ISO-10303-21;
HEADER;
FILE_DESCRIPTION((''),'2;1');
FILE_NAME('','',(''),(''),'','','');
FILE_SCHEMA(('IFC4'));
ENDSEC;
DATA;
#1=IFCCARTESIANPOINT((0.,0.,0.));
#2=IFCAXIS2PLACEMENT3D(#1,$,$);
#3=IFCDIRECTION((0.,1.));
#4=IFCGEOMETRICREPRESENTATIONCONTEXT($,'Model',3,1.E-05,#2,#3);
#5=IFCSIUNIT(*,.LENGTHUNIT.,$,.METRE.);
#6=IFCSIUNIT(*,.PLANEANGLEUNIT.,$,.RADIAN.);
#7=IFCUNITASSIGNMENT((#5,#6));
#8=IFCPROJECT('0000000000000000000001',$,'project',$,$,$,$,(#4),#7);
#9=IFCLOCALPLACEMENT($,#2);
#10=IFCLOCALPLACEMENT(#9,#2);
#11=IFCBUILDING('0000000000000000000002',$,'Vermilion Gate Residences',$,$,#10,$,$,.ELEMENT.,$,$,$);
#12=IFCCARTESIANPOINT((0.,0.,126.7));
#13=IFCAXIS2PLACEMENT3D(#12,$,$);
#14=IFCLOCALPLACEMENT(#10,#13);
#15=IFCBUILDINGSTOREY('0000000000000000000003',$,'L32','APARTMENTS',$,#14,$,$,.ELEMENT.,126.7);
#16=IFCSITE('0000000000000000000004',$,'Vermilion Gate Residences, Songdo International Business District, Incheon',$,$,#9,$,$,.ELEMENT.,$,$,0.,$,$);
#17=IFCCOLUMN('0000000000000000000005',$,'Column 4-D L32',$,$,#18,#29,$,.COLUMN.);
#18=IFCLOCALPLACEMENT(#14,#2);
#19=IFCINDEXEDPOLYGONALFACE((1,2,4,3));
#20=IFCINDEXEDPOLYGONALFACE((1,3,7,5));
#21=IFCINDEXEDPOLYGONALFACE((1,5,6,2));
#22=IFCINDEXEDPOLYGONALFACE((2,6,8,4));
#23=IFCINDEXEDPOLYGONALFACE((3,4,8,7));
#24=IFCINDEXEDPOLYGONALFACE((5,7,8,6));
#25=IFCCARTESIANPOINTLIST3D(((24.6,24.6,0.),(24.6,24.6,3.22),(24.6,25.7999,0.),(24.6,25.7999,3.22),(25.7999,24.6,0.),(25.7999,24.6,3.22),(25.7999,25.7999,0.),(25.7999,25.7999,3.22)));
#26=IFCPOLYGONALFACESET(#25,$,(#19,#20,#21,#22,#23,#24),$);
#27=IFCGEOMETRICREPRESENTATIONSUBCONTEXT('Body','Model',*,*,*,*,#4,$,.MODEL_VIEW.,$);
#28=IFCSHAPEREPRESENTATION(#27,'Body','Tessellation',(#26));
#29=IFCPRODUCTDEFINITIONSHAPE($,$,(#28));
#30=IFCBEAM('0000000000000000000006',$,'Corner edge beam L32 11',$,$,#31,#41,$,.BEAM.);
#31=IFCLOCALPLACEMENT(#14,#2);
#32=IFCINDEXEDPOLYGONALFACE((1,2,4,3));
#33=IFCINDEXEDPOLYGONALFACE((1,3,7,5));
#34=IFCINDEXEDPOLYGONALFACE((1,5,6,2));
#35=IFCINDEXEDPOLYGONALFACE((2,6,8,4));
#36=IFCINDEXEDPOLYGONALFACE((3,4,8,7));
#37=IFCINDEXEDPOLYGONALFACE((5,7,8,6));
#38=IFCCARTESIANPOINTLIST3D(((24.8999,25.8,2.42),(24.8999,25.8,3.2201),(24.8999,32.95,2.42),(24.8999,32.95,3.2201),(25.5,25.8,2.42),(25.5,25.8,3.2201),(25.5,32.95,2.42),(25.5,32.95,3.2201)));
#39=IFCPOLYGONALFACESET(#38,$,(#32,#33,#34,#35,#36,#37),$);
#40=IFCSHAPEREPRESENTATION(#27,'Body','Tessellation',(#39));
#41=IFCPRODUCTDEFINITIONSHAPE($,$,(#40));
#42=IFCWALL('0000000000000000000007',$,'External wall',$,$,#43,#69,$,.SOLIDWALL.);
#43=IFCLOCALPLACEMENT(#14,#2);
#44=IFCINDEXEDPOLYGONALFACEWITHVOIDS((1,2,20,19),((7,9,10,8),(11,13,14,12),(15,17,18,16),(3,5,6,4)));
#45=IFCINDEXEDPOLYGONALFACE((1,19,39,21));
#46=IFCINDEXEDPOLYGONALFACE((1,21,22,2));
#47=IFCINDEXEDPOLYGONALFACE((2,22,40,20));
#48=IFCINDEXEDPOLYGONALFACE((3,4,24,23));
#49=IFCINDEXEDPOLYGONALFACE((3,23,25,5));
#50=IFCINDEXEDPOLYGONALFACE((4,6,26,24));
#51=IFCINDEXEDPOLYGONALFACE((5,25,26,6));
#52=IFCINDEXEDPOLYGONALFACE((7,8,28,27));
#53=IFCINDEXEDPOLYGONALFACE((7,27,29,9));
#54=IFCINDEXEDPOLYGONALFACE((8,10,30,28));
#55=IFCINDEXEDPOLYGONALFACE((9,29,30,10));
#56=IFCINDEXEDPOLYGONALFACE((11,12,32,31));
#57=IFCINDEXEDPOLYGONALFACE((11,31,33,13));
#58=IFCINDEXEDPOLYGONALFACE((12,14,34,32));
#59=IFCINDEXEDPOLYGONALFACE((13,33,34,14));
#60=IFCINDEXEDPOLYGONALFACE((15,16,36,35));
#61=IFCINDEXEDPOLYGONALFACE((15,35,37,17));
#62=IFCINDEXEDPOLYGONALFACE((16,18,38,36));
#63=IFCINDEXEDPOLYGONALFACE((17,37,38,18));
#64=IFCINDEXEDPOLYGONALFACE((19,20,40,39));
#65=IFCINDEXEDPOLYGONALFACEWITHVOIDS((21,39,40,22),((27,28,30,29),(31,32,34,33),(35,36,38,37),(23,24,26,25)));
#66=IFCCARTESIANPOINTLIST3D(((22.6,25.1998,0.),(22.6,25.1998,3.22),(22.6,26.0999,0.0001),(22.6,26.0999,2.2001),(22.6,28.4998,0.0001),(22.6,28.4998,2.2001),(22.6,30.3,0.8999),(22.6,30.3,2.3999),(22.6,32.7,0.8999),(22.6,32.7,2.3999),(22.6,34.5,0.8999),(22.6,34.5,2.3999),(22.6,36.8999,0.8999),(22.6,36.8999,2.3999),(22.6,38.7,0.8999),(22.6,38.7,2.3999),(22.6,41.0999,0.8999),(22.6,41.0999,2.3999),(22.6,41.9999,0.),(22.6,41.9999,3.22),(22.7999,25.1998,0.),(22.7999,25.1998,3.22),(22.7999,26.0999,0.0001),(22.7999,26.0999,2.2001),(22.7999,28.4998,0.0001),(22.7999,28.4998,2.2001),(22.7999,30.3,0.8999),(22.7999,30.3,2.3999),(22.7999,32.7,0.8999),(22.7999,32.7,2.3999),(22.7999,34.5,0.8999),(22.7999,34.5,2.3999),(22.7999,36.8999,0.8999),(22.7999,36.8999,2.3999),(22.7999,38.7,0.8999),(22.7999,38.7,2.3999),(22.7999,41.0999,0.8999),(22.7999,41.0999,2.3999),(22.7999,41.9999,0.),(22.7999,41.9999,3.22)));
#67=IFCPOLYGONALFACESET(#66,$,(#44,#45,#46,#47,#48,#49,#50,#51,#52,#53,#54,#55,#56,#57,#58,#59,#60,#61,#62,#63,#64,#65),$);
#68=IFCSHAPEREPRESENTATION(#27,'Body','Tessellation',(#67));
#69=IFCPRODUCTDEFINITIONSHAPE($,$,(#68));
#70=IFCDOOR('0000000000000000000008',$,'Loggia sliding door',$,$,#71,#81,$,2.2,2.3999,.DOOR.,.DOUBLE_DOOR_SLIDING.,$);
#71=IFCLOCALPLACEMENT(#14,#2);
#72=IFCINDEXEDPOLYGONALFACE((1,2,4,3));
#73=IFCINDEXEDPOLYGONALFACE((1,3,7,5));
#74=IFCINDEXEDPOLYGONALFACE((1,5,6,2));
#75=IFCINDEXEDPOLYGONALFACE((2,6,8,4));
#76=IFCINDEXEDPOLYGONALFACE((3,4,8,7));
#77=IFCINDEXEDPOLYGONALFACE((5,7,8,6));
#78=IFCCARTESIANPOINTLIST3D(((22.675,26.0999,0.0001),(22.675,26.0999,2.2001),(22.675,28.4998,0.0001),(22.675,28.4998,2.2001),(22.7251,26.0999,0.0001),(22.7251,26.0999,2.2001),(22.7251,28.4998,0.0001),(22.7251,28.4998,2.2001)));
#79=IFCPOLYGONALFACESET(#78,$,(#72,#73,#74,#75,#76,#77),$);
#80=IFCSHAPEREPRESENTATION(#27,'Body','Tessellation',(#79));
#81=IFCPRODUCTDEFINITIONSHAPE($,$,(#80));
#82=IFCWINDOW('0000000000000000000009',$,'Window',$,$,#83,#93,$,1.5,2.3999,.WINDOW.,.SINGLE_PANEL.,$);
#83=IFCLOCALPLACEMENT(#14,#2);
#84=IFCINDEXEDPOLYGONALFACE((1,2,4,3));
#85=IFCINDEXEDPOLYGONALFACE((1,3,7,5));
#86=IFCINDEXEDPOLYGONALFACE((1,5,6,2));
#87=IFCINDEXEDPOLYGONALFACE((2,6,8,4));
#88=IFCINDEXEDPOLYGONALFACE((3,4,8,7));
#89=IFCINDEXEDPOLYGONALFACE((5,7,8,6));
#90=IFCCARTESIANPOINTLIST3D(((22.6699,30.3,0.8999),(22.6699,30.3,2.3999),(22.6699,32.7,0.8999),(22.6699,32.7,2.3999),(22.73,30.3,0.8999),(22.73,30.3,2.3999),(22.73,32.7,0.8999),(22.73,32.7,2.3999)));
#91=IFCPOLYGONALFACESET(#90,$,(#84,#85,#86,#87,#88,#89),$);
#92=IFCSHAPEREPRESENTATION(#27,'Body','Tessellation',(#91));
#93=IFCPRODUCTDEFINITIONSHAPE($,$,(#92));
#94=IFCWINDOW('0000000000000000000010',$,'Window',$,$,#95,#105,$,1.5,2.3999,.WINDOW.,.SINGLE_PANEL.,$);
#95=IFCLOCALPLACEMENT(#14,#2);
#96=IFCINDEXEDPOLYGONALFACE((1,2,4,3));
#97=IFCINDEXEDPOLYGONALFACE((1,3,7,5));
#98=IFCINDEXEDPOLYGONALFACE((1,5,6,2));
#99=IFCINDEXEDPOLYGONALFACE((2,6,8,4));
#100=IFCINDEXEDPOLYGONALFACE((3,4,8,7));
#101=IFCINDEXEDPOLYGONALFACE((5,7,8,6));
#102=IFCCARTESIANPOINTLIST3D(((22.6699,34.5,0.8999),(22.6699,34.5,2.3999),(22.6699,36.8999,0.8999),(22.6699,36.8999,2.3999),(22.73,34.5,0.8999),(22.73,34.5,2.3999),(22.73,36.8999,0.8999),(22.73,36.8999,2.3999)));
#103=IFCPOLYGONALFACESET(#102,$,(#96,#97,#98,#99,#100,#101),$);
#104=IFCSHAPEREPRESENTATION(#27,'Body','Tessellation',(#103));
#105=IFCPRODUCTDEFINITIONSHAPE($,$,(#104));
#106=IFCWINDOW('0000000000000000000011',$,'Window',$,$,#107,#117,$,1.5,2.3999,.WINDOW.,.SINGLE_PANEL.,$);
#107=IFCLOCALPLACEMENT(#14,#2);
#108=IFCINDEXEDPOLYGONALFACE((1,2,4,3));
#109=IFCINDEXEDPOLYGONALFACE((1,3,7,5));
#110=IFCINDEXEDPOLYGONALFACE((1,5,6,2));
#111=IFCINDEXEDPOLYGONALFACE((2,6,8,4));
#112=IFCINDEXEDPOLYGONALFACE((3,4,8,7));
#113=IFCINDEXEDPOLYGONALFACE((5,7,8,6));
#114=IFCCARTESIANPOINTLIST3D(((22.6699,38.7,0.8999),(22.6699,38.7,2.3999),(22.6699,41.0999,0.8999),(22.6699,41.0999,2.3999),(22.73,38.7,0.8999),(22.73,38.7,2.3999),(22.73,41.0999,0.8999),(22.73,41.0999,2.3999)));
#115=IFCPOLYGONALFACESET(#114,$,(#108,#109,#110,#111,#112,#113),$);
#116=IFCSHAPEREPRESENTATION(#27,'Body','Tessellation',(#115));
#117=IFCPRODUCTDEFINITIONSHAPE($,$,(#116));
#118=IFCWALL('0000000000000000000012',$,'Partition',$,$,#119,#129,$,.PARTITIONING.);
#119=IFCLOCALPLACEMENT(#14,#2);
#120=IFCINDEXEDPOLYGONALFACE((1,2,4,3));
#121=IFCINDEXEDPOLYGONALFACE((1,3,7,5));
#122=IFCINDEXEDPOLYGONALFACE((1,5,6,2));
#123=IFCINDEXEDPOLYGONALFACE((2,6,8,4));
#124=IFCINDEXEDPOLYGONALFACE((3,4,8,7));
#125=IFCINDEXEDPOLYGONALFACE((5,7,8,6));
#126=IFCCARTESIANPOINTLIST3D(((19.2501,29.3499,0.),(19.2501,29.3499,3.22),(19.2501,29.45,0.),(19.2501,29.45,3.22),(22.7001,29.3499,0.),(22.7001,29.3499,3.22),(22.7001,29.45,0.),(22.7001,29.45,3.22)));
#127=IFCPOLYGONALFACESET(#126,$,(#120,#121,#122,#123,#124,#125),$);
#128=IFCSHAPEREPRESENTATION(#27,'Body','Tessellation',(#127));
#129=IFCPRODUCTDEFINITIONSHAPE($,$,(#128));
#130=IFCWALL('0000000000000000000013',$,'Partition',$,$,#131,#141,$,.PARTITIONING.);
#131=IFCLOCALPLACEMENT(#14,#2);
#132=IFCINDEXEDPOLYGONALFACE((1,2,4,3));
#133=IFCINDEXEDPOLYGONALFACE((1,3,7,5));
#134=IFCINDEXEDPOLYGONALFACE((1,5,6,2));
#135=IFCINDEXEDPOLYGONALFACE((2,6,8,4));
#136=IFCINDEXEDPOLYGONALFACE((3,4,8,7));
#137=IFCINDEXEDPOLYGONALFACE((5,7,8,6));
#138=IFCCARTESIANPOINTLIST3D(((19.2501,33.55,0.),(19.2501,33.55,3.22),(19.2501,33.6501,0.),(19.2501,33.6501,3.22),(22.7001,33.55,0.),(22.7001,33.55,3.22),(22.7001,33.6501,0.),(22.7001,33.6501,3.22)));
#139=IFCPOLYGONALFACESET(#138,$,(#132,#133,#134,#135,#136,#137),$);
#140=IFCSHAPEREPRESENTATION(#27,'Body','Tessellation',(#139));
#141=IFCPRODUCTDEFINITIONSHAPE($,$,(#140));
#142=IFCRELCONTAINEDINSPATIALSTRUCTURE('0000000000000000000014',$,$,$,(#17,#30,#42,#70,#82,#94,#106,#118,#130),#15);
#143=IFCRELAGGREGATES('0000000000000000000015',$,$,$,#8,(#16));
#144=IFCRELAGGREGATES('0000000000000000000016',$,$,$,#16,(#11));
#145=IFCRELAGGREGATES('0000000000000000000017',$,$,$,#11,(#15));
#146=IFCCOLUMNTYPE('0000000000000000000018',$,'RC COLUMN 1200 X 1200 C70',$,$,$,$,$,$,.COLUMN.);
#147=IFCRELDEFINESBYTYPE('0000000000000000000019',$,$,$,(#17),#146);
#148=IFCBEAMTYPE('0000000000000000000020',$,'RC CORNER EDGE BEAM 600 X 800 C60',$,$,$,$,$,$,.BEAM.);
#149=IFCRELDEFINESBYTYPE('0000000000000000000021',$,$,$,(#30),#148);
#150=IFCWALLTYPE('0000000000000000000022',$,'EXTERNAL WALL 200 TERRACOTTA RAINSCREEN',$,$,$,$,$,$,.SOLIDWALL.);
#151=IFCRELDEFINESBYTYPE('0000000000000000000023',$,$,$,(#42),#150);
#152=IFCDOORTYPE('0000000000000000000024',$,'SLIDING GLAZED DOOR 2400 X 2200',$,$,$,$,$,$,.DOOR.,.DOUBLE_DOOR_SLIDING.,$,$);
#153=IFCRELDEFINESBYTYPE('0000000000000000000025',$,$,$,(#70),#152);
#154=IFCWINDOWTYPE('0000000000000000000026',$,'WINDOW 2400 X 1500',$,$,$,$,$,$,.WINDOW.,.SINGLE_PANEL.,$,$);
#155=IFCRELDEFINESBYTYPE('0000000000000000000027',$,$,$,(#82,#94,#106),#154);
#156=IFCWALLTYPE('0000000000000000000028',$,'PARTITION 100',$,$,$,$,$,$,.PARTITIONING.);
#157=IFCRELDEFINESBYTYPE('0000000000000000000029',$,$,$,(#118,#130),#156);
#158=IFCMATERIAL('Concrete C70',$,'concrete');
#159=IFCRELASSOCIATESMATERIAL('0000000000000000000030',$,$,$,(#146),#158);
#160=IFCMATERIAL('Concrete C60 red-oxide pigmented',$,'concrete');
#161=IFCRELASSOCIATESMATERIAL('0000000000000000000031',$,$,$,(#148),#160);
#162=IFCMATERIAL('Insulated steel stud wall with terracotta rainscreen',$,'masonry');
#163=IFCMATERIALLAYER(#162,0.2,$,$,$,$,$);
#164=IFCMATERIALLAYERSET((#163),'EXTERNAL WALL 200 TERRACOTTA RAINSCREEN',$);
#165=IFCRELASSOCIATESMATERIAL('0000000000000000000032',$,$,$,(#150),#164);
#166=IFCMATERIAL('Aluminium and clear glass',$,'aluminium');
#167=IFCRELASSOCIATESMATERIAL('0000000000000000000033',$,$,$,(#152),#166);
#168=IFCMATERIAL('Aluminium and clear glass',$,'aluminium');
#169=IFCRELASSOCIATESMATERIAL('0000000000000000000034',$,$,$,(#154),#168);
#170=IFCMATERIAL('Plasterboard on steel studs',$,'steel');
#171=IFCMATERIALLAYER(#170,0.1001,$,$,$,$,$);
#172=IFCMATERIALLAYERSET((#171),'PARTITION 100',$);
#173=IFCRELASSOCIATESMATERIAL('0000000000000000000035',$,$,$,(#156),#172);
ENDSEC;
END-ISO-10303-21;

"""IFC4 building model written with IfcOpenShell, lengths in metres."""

from ifc_helpers import new_model, si_unit, direction, frame, frame_2d, origin, origin_2d, place, context, subcontext, project, spatial, rectangle, extrude, material, layer, layer_set, material_profile, profile_set, type_object, element, fill, save


model = new_model("IFC4")

# Units and contexts
model_context = context("Model", 3, precision=1e-05, world=origin(), true_north=direction((0.0, 1.0)))
body_context = subcontext(model_context, "Body", "Model", "MODEL_VIEW")
ifc_project = project(units=[si_unit("LENGTHUNIT", "METRE"), si_unit("PLANEANGLEUNIT", "RADIAN")], contexts=[model_context])

# Site, building, storey
site_placement = place(None, origin())
site = spatial("IfcSite", under=ifc_project, at=site_placement, Name="Vermilion Gate Residences, Songdo International Business District, Incheon", CompositionType="ELEMENT", RefElevation=0.0)
building_placement = place(site_placement, origin())
building = spatial("IfcBuilding", under=site, at=building_placement, Name="Vermilion Gate Residences", CompositionType="ELEMENT")
storey_placement = place(building_placement, frame((0.0, 0.0, 126.7)))
storey = spatial("IfcBuildingStorey", under=building, at=storey_placement, Name="L32", Description="APARTMENTS", CompositionType="ELEMENT", Elevation=126.7)

# Column
ifc_material_1 = material(Name="Concrete C70", Category="concrete")
ifc_material_profile_1 = material_profile(ifc_material_1, rectangle(XDim=1.2, YDim=1.2, at=origin_2d()), Name="RC-1200x1200")
ifc_profile_set_1 = profile_set([ifc_material_profile_1], Name="Concrete C70")
column_type = type_object("IfcColumnType", Name="RC COLUMN 1200 X 1200 C70", PredefinedType="COLUMN", material=ifc_profile_set_1)
column_placement = place(storey_placement, frame((25.2, 25.2, 0.0), z_axis=(0.0, 0.0, 1.0), x_axis=(1.0, 0.0, 0.0)))
element("IfcColumn", 1, at=column_placement, inside=storey, type_object=column_type, Name="Column 4-D L32", PredefinedType="COLUMN", context=body_context, shape_type="SweptSolid", body=[
    extrude(rectangle(XDim=1.2, YDim=1.2, at=origin_2d()), origin(), (0.0, 0.0, 1.0), 3.22),
])

# Beam
ifc_material_2 = material(Name="Concrete C60 red-oxide pigmented", Category="concrete")
ifc_material_profile_2 = material_profile(ifc_material_2, rectangle(XDim=0.6001, YDim=0.8, at=origin_2d()), Name="RC-600x800")
ifc_profile_set_2 = profile_set([ifc_material_profile_2], Name="Concrete C60 red-oxide pigmented")
beam_type = type_object("IfcBeamType", Name="RC CORNER EDGE BEAM 600 X 800 C60", PredefinedType="BEAM", material=ifc_profile_set_2)
beam_placement = place(storey_placement, frame((25.2, 25.8, 2.8201), z_axis=(0.0, 1.0, 0.0), x_axis=(-1.0, 0.0, 0.0)))
element("IfcBeam", 2, at=beam_placement, inside=storey, type_object=beam_type, Name="Corner edge beam L32 11", PredefinedType="BEAM", context=body_context, shape_type="SweptSolid", body=[
    extrude(rectangle(XDim=0.6001, YDim=0.8, at=origin_2d()), origin(), (0.0, 0.0, 1.0), 7.1499),
])

# Wall, openings, door, windows
ifc_material_3 = material(Name="Insulated steel stud wall with terracotta rainscreen", Category="masonry")
ifc_layer_1 = layer(ifc_material_3, 0.2)
ifc_layer_set_1 = layer_set([ifc_layer_1], Name="EXTERNAL WALL 200 TERRACOTTA RAINSCREEN")
wall_type_1 = type_object("IfcWallType", Name="EXTERNAL WALL 200 TERRACOTTA RAINSCREEN", PredefinedType="SOLIDWALL", material=ifc_layer_set_1)
wall_1_placement = place(storey_placement, frame((22.7, 25.2, 0.0), z_axis=(0.0, 0.0, 1.0), x_axis=(0.0, 1.0, 0.0)))
wall_1 = element("IfcWall", 3, at=wall_1_placement, inside=storey, type_object=wall_type_1, Name="External wall", PredefinedType="SOLIDWALL", context=body_context, shape_type="SweptSolid", body=[
    extrude(rectangle(XDim=16.8, YDim=0.2, at=frame_2d((8.3999, 0.0))), origin(), (0.0, 0.0, 1.0), 3.22),
])
opening_1_placement = place(wall_1_placement, frame((0.8999, 0.0, 0.0)))
opening_1 = element("IfcOpeningElement", 4, at=opening_1_placement, cuts=wall_1, PredefinedType="OPENING", context=body_context, shape_type="SweptSolid", body=[
    extrude(rectangle(XDim=2.3999, YDim=2.2, at=frame_2d((1.2, 1.1001))), frame((0.0, 0.1099, 0.0), z_axis=(0.0, -1.0, 0.0), x_axis=(1.0, 0.0, 0.0)), (0.0, 0.0, 1.0), 0.22),
])
opening_2_placement = place(wall_1_placement, frame((5.1001, 0.0, 0.8999)))
opening_2 = element("IfcOpeningElement", 5, at=opening_2_placement, cuts=wall_1, PredefinedType="OPENING", context=body_context, shape_type="SweptSolid", body=[
    extrude(rectangle(XDim=2.3999, YDim=1.5, at=frame_2d((1.2, 0.75))), frame((0.0, 0.1099, 0.0), z_axis=(0.0, -1.0, 0.0), x_axis=(1.0, 0.0, 0.0)), (0.0, 0.0, 1.0), 0.22),
])
opening_3_placement = place(wall_1_placement, frame((9.3, 0.0, 0.8999)))
opening_3 = element("IfcOpeningElement", 6, at=opening_3_placement, cuts=wall_1, PredefinedType="OPENING", context=body_context, shape_type="SweptSolid", body=[
    extrude(rectangle(XDim=2.3999, YDim=1.5, at=frame_2d((1.2, 0.75))), frame((0.0, 0.1099, 0.0), z_axis=(0.0, -1.0, 0.0), x_axis=(1.0, 0.0, 0.0)), (0.0, 0.0, 1.0), 0.22),
])
opening_4_placement = place(wall_1_placement, frame((13.5, 0.0, 0.8999)))
opening_4 = element("IfcOpeningElement", 7, at=opening_4_placement, cuts=wall_1, PredefinedType="OPENING", context=body_context, shape_type="SweptSolid", body=[
    extrude(rectangle(XDim=2.3999, YDim=1.5, at=frame_2d((1.2, 0.75))), frame((0.0, 0.1099, 0.0), z_axis=(0.0, -1.0, 0.0), x_axis=(1.0, 0.0, 0.0)), (0.0, 0.0, 1.0), 0.22),
])
ifc_material_4 = material(Name="Aluminium and clear glass", Category="aluminium")
door_type_1 = type_object("IfcDoorType", Name="SLIDING GLAZED DOOR 2400 X 2200", OperationType="DOUBLE_DOOR_SLIDING", PredefinedType="DOOR", material=ifc_material_4)
door_1_placement = place(opening_1_placement, origin())
door_1 = element("IfcDoor", 8, at=door_1_placement, inside=storey, type_object=door_type_1, Name="Loggia sliding door", OperationType="DOUBLE_DOOR_SLIDING", OverallHeight=2.2, OverallWidth=2.3999, PredefinedType="DOOR", context=body_context, shape_type="SweptSolid", body=[
    extrude(rectangle(XDim=2.3999, YDim=2.2, at=frame_2d((1.2, 1.1001))), frame((0.0, 0.0249, 0.0), z_axis=(0.0, -1.0, 0.0), x_axis=(1.0, 0.0, 0.0)), (0.0, 0.0, 1.0), 0.05),
])
fill(opening_1, door_1)
ifc_material_5 = material(Name="Aluminium and clear glass", Category="aluminium")
window_type = type_object("IfcWindowType", Name="WINDOW 2400 X 1500", PartitioningType="SINGLE_PANEL", PredefinedType="WINDOW", material=ifc_material_5)
window_1_placement = place(opening_2_placement, origin())
window_1 = element("IfcWindow", 9, at=window_1_placement, inside=storey, type_object=window_type, Name="Window", OverallHeight=1.5, OverallWidth=2.3999, PartitioningType="SINGLE_PANEL", PredefinedType="WINDOW", context=body_context, shape_type="SweptSolid", body=[
    extrude(rectangle(XDim=2.3999, YDim=1.5, at=frame_2d((1.2, 0.75))), frame((0.0, 0.03, 0.0), z_axis=(0.0, -1.0, 0.0), x_axis=(1.0, 0.0, 0.0)), (0.0, 0.0, 1.0), 0.0601),
])
fill(opening_2, window_1)
window_2_placement = place(opening_3_placement, origin())
window_2 = element("IfcWindow", 10, at=window_2_placement, inside=storey, type_object=window_type, Name="Window", OverallHeight=1.5, OverallWidth=2.3999, PartitioningType="SINGLE_PANEL", PredefinedType="WINDOW", context=body_context, shape_type="SweptSolid", body=[
    extrude(rectangle(XDim=2.3999, YDim=1.5, at=frame_2d((1.2, 0.75))), frame((0.0, 0.03, 0.0), z_axis=(0.0, -1.0, 0.0), x_axis=(1.0, 0.0, 0.0)), (0.0, 0.0, 1.0), 0.0601),
])
fill(opening_3, window_2)
window_3_placement = place(opening_4_placement, origin())
window_3 = element("IfcWindow", 11, at=window_3_placement, inside=storey, type_object=window_type, Name="Window", OverallHeight=1.5, OverallWidth=2.3999, PartitioningType="SINGLE_PANEL", PredefinedType="WINDOW", context=body_context, shape_type="SweptSolid", body=[
    extrude(rectangle(XDim=2.3999, YDim=1.5, at=frame_2d((1.2, 0.75))), frame((0.0, 0.03, 0.0), z_axis=(0.0, -1.0, 0.0), x_axis=(1.0, 0.0, 0.0)), (0.0, 0.0, 1.0), 0.0601),
])
fill(opening_4, window_3)

# Walls
ifc_material_6 = material(Name="Plasterboard on steel studs", Category="steel")
ifc_layer_2 = layer(ifc_material_6, 0.1001)
ifc_layer_set_2 = layer_set([ifc_layer_2], Name="PARTITION 100")
wall_type_2 = type_object("IfcWallType", Name="PARTITION 100", PredefinedType="PARTITIONING", material=ifc_layer_set_2)
for number, where, z_axis, x_axis, name in (
    (12, (19.25, 29.3999, 0.0), (0.0, 0.0, 1.0), (1.0, 0.0, 0.0), "Partition"),
    (13, (19.25, 33.6001, 0.0), (0.0, 0.0, 1.0), (1.0, 0.0, 0.0), "Partition"),
):
    element("IfcWall", number, at=place(storey_placement, frame(where, z_axis=z_axis, x_axis=x_axis)), inside=storey, type_object=wall_type_2, Name=name, PredefinedType="PARTITIONING", context=body_context, shape_type="SweptSolid", body=[
        extrude(rectangle(XDim=3.45, YDim=0.1001, at=frame_2d((1.7251, 0.0))), origin(), (0.0, 0.0, 1.0), 3.22),
    ])

save(model, "model.ifc")
